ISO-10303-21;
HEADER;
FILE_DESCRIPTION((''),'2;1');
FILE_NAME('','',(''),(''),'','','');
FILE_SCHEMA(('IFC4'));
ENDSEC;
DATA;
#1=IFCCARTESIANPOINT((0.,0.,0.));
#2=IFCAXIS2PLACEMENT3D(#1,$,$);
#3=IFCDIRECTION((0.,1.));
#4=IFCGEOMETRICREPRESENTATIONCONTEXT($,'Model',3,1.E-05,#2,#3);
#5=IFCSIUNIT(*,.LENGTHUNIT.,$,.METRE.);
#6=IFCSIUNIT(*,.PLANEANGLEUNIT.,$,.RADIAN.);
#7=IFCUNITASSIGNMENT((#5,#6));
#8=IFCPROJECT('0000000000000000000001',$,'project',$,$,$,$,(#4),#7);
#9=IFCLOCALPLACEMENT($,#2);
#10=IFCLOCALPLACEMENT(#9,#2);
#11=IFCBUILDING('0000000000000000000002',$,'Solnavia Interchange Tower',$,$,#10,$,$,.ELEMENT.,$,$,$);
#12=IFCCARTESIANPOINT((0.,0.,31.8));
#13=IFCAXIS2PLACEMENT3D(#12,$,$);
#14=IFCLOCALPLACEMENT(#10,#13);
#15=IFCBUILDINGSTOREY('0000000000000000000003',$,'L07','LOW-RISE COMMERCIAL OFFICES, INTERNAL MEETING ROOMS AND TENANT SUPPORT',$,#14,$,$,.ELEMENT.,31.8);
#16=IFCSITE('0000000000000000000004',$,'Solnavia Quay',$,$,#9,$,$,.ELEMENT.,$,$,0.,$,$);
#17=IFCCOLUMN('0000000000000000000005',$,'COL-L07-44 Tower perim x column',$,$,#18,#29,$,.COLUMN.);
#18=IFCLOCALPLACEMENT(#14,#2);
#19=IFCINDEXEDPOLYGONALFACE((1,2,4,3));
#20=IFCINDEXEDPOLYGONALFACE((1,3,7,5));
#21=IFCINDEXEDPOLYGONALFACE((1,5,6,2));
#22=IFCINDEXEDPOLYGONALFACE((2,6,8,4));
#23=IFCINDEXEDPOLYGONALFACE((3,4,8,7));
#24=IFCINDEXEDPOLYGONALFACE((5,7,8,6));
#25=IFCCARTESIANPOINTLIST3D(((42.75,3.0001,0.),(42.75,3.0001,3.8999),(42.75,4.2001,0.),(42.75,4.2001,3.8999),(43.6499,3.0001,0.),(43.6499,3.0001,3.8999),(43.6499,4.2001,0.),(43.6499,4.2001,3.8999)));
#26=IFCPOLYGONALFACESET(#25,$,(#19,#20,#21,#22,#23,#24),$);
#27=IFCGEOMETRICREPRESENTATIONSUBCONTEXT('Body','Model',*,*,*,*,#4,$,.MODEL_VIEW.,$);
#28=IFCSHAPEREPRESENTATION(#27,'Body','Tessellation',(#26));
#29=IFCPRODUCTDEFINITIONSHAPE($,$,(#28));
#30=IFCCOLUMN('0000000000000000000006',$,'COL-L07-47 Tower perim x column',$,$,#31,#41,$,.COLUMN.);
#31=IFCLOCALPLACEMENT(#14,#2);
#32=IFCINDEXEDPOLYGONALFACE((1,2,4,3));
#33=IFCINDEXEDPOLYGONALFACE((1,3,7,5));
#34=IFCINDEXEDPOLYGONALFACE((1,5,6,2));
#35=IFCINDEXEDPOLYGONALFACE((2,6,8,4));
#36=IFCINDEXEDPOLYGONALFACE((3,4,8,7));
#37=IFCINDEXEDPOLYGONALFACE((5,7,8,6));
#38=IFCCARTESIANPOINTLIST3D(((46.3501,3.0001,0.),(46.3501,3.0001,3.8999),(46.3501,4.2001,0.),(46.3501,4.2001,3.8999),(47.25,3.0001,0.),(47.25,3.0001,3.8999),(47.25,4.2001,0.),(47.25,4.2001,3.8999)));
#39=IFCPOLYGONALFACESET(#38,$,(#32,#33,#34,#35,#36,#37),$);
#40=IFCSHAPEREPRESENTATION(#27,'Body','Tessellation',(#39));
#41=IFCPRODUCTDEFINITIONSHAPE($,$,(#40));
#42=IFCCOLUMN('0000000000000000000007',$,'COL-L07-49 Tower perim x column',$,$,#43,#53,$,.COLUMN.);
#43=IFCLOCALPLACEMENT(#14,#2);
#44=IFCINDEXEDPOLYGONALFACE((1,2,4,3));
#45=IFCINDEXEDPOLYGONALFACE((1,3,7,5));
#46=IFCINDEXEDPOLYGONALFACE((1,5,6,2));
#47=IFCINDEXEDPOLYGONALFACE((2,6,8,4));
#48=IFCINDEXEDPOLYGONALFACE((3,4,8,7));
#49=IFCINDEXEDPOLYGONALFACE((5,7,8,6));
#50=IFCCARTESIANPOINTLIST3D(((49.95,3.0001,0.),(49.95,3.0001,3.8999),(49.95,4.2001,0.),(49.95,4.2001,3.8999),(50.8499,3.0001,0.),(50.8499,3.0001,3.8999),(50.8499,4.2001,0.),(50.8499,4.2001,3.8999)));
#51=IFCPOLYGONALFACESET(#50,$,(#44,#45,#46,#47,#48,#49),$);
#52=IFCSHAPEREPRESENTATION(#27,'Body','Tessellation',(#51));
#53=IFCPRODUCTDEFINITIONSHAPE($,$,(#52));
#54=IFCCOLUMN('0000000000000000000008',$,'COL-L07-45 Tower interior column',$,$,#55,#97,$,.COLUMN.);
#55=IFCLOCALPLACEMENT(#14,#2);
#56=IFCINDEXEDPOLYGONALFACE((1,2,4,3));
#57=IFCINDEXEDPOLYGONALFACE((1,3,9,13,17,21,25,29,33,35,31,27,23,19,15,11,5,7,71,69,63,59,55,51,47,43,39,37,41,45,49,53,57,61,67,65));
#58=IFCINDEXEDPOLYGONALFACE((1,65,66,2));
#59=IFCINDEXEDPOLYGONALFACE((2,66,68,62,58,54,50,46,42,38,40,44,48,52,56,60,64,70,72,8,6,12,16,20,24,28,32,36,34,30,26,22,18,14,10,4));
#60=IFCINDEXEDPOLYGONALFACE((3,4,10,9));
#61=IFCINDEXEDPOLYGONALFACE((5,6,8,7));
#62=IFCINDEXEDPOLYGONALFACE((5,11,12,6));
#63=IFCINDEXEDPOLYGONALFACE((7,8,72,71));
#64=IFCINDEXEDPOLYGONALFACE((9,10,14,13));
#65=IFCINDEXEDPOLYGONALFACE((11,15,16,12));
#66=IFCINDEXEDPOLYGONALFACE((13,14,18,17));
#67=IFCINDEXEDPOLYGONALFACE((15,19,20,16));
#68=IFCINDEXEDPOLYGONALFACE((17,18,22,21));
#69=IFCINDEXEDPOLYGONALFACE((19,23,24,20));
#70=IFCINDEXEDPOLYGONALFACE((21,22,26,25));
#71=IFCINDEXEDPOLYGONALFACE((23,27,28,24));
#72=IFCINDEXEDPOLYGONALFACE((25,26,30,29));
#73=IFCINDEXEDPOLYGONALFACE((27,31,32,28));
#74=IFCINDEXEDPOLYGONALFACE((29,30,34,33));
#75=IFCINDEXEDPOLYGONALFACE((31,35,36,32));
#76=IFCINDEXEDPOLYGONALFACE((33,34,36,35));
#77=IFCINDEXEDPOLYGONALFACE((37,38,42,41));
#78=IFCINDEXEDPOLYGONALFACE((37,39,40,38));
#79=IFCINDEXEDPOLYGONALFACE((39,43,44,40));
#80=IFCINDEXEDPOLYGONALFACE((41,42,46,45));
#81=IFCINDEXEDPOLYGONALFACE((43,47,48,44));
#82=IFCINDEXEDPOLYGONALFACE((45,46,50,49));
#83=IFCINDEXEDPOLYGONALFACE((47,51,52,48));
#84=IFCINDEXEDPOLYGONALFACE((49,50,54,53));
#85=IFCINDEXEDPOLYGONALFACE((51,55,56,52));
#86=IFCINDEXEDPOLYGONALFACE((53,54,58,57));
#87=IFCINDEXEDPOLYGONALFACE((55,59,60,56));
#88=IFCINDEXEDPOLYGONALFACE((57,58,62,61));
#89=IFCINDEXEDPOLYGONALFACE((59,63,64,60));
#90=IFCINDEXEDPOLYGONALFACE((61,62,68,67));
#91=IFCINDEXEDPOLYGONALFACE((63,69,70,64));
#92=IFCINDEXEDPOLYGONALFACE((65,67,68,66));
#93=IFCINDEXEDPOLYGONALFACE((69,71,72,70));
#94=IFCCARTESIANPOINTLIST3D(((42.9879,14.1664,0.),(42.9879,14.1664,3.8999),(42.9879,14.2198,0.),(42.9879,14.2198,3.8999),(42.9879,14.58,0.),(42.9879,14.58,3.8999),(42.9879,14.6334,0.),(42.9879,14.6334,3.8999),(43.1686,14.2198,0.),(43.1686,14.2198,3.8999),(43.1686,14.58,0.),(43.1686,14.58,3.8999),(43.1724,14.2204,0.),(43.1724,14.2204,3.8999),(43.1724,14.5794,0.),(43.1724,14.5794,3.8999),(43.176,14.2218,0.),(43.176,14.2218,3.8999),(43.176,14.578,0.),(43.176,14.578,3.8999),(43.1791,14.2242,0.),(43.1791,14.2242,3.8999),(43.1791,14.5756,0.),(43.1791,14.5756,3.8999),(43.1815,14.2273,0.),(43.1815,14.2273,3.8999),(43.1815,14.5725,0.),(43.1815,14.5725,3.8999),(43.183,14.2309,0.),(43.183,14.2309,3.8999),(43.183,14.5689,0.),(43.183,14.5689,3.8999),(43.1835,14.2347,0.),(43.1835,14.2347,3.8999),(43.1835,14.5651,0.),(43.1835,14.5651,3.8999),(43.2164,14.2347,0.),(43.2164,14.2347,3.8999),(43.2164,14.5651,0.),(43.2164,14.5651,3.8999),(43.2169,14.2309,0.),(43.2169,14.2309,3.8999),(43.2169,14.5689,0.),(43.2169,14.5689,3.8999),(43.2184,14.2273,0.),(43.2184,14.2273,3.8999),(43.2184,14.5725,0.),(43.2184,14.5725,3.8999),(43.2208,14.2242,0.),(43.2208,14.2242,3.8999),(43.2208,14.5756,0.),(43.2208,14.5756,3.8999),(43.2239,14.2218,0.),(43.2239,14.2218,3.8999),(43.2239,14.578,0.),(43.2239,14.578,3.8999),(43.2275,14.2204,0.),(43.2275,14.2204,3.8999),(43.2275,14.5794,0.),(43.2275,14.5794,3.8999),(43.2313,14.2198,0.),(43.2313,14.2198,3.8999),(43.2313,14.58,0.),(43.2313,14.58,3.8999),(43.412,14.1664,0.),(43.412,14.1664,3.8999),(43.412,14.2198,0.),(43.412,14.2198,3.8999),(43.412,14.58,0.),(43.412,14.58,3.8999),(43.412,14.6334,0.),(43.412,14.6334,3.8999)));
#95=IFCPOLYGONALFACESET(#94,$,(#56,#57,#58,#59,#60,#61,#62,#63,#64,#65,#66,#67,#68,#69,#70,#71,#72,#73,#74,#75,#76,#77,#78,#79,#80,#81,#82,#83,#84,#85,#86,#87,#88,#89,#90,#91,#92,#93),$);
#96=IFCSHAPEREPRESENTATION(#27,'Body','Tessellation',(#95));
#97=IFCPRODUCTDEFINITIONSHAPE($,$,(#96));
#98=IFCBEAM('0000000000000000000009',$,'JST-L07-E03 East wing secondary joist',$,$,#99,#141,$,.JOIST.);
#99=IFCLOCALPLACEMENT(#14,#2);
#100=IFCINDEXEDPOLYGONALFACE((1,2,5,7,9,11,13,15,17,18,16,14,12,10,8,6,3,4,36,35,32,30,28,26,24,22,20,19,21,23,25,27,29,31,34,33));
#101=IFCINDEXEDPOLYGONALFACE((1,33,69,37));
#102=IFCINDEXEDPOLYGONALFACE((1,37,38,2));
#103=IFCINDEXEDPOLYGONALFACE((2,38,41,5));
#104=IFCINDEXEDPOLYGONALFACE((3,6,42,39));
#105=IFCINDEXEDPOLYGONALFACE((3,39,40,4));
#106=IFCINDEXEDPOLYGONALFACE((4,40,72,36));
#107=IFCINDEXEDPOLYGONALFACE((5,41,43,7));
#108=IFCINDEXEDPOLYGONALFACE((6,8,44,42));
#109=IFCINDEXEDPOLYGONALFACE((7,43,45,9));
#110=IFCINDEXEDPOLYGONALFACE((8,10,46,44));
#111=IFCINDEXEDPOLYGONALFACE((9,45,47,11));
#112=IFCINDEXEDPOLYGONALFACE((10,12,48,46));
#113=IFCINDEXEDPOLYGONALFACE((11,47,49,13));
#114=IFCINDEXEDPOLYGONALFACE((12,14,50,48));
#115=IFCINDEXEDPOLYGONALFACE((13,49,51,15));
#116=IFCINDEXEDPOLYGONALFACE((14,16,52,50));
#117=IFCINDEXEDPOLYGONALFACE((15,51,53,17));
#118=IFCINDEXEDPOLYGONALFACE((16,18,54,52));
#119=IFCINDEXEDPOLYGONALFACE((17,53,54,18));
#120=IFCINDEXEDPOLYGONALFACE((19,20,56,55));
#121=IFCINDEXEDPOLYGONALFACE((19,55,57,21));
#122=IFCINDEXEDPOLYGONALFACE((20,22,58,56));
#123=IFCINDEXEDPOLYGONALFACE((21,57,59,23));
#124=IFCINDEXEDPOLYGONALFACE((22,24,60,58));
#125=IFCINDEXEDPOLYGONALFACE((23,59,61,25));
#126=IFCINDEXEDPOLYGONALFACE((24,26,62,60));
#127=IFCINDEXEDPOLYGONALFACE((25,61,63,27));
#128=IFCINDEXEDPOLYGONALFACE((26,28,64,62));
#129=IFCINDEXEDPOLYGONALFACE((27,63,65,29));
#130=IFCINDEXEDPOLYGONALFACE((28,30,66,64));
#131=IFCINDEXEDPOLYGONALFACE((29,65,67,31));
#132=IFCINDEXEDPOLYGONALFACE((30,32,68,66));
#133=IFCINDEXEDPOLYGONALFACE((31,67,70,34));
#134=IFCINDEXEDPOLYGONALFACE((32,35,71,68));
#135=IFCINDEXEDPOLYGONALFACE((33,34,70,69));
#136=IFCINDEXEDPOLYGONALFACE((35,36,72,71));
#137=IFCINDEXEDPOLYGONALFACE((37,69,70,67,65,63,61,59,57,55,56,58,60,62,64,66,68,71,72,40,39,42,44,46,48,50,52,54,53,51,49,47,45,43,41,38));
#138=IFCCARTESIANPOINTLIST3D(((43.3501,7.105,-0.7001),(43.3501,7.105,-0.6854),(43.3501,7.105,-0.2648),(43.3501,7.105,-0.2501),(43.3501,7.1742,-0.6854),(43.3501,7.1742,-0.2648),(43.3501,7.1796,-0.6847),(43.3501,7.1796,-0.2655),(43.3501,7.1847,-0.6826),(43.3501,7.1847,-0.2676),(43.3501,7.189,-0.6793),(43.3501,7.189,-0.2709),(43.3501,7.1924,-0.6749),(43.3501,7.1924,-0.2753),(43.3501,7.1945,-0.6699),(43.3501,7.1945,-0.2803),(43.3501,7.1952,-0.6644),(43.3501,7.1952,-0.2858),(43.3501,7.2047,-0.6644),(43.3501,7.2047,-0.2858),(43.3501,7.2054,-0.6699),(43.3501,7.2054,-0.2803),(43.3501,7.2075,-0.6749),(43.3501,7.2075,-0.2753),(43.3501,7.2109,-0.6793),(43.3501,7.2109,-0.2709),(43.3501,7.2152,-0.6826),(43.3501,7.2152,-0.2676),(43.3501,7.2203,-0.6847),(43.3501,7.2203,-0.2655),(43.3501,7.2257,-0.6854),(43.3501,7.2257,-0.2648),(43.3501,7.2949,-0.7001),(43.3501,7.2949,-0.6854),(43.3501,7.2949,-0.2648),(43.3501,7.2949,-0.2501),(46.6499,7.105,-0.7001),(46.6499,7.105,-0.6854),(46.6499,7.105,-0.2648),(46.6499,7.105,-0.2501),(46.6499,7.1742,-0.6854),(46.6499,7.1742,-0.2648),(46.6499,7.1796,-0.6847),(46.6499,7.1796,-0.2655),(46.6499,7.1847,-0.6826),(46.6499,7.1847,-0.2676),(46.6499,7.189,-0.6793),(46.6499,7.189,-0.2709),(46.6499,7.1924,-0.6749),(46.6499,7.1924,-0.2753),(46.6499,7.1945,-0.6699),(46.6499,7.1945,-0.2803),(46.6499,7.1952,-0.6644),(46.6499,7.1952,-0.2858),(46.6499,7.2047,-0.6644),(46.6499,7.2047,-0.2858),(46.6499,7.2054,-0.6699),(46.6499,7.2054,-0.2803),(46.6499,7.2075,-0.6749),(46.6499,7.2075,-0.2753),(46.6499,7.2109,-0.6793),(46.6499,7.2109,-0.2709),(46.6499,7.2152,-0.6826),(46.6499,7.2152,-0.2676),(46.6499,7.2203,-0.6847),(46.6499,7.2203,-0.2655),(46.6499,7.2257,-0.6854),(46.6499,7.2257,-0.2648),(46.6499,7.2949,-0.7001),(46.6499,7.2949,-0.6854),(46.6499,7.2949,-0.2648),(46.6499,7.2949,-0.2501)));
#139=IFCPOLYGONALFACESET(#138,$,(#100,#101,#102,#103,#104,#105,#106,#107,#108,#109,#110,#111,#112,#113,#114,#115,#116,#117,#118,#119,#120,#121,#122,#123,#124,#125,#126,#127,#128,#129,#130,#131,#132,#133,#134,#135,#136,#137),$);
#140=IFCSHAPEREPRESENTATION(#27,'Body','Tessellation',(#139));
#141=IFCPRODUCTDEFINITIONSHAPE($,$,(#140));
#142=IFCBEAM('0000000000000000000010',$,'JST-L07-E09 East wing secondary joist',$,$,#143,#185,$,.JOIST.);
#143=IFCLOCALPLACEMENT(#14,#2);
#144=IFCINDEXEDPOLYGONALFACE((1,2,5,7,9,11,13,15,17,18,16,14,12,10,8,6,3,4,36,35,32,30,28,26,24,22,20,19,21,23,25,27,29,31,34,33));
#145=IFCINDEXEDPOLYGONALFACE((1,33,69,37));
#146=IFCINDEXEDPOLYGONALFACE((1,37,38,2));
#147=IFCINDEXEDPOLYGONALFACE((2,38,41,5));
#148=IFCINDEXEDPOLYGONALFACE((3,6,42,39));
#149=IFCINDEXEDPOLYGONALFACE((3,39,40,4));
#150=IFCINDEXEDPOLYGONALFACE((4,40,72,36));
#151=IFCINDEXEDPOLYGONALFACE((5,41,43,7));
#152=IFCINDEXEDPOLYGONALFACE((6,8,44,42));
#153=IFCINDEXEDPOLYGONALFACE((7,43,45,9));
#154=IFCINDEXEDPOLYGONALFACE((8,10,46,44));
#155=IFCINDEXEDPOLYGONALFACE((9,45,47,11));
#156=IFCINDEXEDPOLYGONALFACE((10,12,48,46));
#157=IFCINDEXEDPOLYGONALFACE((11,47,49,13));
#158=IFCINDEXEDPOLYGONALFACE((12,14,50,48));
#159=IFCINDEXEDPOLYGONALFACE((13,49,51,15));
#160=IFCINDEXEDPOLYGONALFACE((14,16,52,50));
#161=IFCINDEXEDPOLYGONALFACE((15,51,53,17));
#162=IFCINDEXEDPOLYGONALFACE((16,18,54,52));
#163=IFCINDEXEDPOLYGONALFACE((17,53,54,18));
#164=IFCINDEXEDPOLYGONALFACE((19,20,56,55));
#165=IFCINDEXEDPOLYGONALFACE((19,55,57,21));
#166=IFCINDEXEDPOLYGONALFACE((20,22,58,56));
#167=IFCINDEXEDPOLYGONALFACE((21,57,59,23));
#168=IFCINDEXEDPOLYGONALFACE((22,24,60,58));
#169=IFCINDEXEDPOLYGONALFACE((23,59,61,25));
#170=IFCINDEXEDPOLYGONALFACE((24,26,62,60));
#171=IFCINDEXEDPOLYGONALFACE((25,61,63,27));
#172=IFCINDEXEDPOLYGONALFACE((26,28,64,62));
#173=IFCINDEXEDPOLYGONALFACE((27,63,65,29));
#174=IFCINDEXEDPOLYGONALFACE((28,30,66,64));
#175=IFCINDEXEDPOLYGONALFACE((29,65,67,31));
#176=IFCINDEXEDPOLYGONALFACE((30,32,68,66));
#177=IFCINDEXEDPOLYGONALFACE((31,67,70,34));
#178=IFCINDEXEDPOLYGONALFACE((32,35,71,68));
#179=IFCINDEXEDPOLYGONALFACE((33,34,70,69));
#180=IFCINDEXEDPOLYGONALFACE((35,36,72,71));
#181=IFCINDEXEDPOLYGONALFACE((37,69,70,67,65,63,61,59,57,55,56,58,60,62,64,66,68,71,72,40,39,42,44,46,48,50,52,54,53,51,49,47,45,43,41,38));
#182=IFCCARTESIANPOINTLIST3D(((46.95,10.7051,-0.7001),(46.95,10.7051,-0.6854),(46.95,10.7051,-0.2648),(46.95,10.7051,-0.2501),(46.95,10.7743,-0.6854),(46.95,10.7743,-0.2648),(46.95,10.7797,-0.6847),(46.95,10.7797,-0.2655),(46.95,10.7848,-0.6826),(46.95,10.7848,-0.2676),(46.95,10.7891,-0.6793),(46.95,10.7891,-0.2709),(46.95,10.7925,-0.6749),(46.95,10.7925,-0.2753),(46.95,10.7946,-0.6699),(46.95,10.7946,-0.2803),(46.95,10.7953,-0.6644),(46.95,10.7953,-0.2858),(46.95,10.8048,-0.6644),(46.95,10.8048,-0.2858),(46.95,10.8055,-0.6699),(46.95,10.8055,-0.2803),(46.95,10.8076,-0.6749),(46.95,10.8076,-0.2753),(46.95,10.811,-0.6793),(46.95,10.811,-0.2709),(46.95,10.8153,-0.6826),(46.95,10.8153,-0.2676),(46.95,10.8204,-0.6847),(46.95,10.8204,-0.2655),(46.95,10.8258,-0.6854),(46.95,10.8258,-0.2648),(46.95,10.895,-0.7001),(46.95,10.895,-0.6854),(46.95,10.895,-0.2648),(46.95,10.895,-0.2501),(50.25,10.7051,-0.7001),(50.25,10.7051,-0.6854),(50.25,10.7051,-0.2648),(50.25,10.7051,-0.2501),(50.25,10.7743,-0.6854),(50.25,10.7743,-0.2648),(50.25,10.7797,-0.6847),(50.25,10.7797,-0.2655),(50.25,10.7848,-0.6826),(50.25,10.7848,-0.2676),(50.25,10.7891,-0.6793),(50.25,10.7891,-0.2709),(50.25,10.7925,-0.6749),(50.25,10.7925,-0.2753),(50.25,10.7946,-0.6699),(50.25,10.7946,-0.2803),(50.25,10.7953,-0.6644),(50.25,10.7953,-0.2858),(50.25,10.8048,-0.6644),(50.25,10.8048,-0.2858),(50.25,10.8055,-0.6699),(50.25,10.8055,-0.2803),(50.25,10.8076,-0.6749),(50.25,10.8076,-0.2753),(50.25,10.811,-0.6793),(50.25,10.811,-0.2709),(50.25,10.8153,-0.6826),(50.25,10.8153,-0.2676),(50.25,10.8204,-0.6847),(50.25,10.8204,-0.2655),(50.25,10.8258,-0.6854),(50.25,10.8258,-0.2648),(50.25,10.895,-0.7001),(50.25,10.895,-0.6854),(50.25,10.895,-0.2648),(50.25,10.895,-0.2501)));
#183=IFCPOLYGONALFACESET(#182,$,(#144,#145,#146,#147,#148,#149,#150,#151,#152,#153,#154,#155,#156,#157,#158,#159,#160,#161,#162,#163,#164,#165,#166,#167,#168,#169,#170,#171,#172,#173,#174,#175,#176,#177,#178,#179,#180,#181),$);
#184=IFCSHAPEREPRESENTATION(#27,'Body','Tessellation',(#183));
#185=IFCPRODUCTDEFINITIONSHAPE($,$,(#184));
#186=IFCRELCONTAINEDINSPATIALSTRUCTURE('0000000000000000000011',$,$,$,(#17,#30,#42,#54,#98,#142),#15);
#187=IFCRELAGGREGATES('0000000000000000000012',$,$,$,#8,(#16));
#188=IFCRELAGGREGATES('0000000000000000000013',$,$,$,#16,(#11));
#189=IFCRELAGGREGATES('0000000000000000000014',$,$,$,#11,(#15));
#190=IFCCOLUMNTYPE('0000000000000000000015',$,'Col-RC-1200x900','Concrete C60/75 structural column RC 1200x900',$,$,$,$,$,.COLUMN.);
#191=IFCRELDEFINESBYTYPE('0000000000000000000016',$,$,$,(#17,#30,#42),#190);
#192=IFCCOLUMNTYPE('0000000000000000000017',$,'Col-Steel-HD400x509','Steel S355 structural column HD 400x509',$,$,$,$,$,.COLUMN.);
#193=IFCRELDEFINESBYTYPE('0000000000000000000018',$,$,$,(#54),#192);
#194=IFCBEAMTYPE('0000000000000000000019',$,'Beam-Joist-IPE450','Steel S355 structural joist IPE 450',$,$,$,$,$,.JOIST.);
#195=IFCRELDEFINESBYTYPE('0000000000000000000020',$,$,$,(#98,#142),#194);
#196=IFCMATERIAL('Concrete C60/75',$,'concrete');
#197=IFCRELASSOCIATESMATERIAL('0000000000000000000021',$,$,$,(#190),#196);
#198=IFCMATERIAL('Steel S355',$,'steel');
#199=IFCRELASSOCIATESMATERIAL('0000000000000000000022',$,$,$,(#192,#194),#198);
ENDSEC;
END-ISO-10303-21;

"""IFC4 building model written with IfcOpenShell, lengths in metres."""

from ifc_helpers import new_model, si_unit, direction, frame, origin, origin_2d, place, context, subcontext, project, spatial, rectangle, i_section, extrude, material, material_profile, profile_set, type_object, element, save


model = new_model("IFC4")

# Units and contexts
model_context = context("Model", 3, precision=1e-05, world=origin(), true_north=direction((0.0, 1.0)))
body_context = subcontext(model_context, "Body", "Model", "MODEL_VIEW")
ifc_project = project(units=[si_unit("LENGTHUNIT", "METRE"), si_unit("PLANEANGLEUNIT", "RADIAN")], contexts=[model_context])

# Site, building, storey
site_placement = place(None, origin())
site = spatial("IfcSite", under=ifc_project, at=site_placement, Name="Solnavia Quay", CompositionType="ELEMENT", RefElevation=0.0)
building_placement = place(site_placement, origin())
building = spatial("IfcBuilding", under=site, at=building_placement, Name="Solnavia Interchange Tower", CompositionType="ELEMENT")
storey_placement = place(building_placement, frame((0.0, 0.0, 31.8)))
storey = spatial("IfcBuildingStorey", under=building, at=storey_placement, Name="L07", Description="LOW-RISE COMMERCIAL OFFICES, INTERNAL MEETING ROOMS AND TENANT SUPPORT", CompositionType="ELEMENT", Elevation=31.8)

# Columns
ifc_material_1 = material(Name="Concrete C60/75", Category="concrete")
ifc_material_profile_1 = material_profile(ifc_material_1, rectangle(XDim=0.8999, YDim=1.2, at=origin_2d()), Name="RC 1200x900")
ifc_profile_set_1 = profile_set([ifc_material_profile_1], Name="Concrete C60/75")
column_type_1 = type_object("IfcColumnType", Name="Col-RC-1200x900", Description="Concrete C60/75 structural column RC 1200x900", PredefinedType="COLUMN", material=ifc_profile_set_1)
for number, where, z_axis, x_axis, name in (
    (1, (43.2, 3.6001, 0.0), (0.0, 0.0, 1.0), (1.0, 0.0, 0.0), "COL-L07-44 Tower perim x column"),
    (2, (46.8, 3.6001, 0.0), (0.0, 0.0, 1.0), (1.0, 0.0, 0.0), "COL-L07-47 Tower perim x column"),
    (3, (50.3999, 3.6001, 0.0), (0.0, 0.0, 1.0), (1.0, 0.0, 0.0), "COL-L07-49 Tower perim x column"),
):
    element("IfcColumn", number, at=place(storey_placement, frame(where, z_axis=z_axis, x_axis=x_axis)), inside=storey, type_object=column_type_1, Name=name, PredefinedType="COLUMN", context=body_context, shape_type="SweptSolid", body=[
        extrude(rectangle(XDim=0.8999, YDim=1.2, at=origin_2d()), origin(), (0.0, 0.0, 1.0), 3.8999),
    ])
ifc_material_2 = material(Name="Steel S355", Category="steel")
ifc_material_profile_2 = material_profile(ifc_material_2, i_section(OverallWidth=0.4241, OverallDepth=0.467, WebThickness=0.033, FlangeThickness=0.0535, FilletRadius=0.0149, at=origin_2d()), Name="HD 400x509")
ifc_profile_set_2 = profile_set([ifc_material_profile_2], Name="Steel S355")
column_type_2 = type_object("IfcColumnType", Name="Col-Steel-HD400x509", Description="Steel S355 structural column HD 400x509", PredefinedType="COLUMN", material=ifc_profile_set_2)
column_placement = place(storey_placement, frame((43.2, 14.3999, 0.0), z_axis=(0.0, 0.0, 1.0), x_axis=(1.0, 0.0, 0.0)))
element("IfcColumn", 4, at=column_placement, inside=storey, type_object=column_type_2, Name="COL-L07-45 Tower interior column", PredefinedType="COLUMN", context=body_context, shape_type="SweptSolid", body=[
    extrude(i_section(OverallWidth=0.4241, OverallDepth=0.467, WebThickness=0.033, FlangeThickness=0.0535, FilletRadius=0.0149, at=origin_2d()), origin(), (0.0, 0.0, 1.0), 3.8999),
])

# Beams
ifc_material_profile_3 = material_profile(ifc_material_2, i_section(OverallWidth=0.1899, OverallDepth=0.45, WebThickness=0.0095, FlangeThickness=0.0146, FilletRadius=0.021, at=origin_2d()), Name="IPE 450")
ifc_profile_set_3 = profile_set([ifc_material_profile_3], Name="Steel S355")
beam_type_1 = type_object("IfcBeamType", Name="Beam-Joist-IPE450", Description="Steel S355 structural joist IPE 450", PredefinedType="JOIST", material=ifc_profile_set_3)
beam_1_placement = place(storey_placement, frame((43.3501, 7.2, -0.4751), z_axis=(1.0, 0.0, 0.0), x_axis=(0.0, 1.0, 0.0)))
element("IfcBeam", 5, at=beam_1_placement, inside=storey, type_object=beam_type_1, Name="JST-L07-E03 East wing secondary joist", PredefinedType="JOIST", context=body_context, shape_type="SweptSolid", body=[
    extrude(i_section(OverallWidth=0.1899, OverallDepth=0.45, WebThickness=0.0095, FlangeThickness=0.0146, FilletRadius=0.021, at=origin_2d()), origin(), (0.0, 0.0, 1.0), 3.2998),
])
beam_2_placement = place(storey_placement, frame((46.95, 10.8, -0.4751), z_axis=(1.0, 0.0, 0.0), x_axis=(0.0, 1.0, 0.0)))
element("IfcBeam", 6, at=beam_2_placement, inside=storey, type_object=beam_type_1, Name="JST-L07-E09 East wing secondary joist", PredefinedType="JOIST", context=body_context, shape_type="SweptSolid", body=[
    extrude(i_section(OverallWidth=0.1899, OverallDepth=0.45, WebThickness=0.0095, FlangeThickness=0.0146, FilletRadius=0.021, at=origin_2d()), origin(), (0.0, 0.0, 1.0), 3.3),
])

save(model, "model.ifc")
